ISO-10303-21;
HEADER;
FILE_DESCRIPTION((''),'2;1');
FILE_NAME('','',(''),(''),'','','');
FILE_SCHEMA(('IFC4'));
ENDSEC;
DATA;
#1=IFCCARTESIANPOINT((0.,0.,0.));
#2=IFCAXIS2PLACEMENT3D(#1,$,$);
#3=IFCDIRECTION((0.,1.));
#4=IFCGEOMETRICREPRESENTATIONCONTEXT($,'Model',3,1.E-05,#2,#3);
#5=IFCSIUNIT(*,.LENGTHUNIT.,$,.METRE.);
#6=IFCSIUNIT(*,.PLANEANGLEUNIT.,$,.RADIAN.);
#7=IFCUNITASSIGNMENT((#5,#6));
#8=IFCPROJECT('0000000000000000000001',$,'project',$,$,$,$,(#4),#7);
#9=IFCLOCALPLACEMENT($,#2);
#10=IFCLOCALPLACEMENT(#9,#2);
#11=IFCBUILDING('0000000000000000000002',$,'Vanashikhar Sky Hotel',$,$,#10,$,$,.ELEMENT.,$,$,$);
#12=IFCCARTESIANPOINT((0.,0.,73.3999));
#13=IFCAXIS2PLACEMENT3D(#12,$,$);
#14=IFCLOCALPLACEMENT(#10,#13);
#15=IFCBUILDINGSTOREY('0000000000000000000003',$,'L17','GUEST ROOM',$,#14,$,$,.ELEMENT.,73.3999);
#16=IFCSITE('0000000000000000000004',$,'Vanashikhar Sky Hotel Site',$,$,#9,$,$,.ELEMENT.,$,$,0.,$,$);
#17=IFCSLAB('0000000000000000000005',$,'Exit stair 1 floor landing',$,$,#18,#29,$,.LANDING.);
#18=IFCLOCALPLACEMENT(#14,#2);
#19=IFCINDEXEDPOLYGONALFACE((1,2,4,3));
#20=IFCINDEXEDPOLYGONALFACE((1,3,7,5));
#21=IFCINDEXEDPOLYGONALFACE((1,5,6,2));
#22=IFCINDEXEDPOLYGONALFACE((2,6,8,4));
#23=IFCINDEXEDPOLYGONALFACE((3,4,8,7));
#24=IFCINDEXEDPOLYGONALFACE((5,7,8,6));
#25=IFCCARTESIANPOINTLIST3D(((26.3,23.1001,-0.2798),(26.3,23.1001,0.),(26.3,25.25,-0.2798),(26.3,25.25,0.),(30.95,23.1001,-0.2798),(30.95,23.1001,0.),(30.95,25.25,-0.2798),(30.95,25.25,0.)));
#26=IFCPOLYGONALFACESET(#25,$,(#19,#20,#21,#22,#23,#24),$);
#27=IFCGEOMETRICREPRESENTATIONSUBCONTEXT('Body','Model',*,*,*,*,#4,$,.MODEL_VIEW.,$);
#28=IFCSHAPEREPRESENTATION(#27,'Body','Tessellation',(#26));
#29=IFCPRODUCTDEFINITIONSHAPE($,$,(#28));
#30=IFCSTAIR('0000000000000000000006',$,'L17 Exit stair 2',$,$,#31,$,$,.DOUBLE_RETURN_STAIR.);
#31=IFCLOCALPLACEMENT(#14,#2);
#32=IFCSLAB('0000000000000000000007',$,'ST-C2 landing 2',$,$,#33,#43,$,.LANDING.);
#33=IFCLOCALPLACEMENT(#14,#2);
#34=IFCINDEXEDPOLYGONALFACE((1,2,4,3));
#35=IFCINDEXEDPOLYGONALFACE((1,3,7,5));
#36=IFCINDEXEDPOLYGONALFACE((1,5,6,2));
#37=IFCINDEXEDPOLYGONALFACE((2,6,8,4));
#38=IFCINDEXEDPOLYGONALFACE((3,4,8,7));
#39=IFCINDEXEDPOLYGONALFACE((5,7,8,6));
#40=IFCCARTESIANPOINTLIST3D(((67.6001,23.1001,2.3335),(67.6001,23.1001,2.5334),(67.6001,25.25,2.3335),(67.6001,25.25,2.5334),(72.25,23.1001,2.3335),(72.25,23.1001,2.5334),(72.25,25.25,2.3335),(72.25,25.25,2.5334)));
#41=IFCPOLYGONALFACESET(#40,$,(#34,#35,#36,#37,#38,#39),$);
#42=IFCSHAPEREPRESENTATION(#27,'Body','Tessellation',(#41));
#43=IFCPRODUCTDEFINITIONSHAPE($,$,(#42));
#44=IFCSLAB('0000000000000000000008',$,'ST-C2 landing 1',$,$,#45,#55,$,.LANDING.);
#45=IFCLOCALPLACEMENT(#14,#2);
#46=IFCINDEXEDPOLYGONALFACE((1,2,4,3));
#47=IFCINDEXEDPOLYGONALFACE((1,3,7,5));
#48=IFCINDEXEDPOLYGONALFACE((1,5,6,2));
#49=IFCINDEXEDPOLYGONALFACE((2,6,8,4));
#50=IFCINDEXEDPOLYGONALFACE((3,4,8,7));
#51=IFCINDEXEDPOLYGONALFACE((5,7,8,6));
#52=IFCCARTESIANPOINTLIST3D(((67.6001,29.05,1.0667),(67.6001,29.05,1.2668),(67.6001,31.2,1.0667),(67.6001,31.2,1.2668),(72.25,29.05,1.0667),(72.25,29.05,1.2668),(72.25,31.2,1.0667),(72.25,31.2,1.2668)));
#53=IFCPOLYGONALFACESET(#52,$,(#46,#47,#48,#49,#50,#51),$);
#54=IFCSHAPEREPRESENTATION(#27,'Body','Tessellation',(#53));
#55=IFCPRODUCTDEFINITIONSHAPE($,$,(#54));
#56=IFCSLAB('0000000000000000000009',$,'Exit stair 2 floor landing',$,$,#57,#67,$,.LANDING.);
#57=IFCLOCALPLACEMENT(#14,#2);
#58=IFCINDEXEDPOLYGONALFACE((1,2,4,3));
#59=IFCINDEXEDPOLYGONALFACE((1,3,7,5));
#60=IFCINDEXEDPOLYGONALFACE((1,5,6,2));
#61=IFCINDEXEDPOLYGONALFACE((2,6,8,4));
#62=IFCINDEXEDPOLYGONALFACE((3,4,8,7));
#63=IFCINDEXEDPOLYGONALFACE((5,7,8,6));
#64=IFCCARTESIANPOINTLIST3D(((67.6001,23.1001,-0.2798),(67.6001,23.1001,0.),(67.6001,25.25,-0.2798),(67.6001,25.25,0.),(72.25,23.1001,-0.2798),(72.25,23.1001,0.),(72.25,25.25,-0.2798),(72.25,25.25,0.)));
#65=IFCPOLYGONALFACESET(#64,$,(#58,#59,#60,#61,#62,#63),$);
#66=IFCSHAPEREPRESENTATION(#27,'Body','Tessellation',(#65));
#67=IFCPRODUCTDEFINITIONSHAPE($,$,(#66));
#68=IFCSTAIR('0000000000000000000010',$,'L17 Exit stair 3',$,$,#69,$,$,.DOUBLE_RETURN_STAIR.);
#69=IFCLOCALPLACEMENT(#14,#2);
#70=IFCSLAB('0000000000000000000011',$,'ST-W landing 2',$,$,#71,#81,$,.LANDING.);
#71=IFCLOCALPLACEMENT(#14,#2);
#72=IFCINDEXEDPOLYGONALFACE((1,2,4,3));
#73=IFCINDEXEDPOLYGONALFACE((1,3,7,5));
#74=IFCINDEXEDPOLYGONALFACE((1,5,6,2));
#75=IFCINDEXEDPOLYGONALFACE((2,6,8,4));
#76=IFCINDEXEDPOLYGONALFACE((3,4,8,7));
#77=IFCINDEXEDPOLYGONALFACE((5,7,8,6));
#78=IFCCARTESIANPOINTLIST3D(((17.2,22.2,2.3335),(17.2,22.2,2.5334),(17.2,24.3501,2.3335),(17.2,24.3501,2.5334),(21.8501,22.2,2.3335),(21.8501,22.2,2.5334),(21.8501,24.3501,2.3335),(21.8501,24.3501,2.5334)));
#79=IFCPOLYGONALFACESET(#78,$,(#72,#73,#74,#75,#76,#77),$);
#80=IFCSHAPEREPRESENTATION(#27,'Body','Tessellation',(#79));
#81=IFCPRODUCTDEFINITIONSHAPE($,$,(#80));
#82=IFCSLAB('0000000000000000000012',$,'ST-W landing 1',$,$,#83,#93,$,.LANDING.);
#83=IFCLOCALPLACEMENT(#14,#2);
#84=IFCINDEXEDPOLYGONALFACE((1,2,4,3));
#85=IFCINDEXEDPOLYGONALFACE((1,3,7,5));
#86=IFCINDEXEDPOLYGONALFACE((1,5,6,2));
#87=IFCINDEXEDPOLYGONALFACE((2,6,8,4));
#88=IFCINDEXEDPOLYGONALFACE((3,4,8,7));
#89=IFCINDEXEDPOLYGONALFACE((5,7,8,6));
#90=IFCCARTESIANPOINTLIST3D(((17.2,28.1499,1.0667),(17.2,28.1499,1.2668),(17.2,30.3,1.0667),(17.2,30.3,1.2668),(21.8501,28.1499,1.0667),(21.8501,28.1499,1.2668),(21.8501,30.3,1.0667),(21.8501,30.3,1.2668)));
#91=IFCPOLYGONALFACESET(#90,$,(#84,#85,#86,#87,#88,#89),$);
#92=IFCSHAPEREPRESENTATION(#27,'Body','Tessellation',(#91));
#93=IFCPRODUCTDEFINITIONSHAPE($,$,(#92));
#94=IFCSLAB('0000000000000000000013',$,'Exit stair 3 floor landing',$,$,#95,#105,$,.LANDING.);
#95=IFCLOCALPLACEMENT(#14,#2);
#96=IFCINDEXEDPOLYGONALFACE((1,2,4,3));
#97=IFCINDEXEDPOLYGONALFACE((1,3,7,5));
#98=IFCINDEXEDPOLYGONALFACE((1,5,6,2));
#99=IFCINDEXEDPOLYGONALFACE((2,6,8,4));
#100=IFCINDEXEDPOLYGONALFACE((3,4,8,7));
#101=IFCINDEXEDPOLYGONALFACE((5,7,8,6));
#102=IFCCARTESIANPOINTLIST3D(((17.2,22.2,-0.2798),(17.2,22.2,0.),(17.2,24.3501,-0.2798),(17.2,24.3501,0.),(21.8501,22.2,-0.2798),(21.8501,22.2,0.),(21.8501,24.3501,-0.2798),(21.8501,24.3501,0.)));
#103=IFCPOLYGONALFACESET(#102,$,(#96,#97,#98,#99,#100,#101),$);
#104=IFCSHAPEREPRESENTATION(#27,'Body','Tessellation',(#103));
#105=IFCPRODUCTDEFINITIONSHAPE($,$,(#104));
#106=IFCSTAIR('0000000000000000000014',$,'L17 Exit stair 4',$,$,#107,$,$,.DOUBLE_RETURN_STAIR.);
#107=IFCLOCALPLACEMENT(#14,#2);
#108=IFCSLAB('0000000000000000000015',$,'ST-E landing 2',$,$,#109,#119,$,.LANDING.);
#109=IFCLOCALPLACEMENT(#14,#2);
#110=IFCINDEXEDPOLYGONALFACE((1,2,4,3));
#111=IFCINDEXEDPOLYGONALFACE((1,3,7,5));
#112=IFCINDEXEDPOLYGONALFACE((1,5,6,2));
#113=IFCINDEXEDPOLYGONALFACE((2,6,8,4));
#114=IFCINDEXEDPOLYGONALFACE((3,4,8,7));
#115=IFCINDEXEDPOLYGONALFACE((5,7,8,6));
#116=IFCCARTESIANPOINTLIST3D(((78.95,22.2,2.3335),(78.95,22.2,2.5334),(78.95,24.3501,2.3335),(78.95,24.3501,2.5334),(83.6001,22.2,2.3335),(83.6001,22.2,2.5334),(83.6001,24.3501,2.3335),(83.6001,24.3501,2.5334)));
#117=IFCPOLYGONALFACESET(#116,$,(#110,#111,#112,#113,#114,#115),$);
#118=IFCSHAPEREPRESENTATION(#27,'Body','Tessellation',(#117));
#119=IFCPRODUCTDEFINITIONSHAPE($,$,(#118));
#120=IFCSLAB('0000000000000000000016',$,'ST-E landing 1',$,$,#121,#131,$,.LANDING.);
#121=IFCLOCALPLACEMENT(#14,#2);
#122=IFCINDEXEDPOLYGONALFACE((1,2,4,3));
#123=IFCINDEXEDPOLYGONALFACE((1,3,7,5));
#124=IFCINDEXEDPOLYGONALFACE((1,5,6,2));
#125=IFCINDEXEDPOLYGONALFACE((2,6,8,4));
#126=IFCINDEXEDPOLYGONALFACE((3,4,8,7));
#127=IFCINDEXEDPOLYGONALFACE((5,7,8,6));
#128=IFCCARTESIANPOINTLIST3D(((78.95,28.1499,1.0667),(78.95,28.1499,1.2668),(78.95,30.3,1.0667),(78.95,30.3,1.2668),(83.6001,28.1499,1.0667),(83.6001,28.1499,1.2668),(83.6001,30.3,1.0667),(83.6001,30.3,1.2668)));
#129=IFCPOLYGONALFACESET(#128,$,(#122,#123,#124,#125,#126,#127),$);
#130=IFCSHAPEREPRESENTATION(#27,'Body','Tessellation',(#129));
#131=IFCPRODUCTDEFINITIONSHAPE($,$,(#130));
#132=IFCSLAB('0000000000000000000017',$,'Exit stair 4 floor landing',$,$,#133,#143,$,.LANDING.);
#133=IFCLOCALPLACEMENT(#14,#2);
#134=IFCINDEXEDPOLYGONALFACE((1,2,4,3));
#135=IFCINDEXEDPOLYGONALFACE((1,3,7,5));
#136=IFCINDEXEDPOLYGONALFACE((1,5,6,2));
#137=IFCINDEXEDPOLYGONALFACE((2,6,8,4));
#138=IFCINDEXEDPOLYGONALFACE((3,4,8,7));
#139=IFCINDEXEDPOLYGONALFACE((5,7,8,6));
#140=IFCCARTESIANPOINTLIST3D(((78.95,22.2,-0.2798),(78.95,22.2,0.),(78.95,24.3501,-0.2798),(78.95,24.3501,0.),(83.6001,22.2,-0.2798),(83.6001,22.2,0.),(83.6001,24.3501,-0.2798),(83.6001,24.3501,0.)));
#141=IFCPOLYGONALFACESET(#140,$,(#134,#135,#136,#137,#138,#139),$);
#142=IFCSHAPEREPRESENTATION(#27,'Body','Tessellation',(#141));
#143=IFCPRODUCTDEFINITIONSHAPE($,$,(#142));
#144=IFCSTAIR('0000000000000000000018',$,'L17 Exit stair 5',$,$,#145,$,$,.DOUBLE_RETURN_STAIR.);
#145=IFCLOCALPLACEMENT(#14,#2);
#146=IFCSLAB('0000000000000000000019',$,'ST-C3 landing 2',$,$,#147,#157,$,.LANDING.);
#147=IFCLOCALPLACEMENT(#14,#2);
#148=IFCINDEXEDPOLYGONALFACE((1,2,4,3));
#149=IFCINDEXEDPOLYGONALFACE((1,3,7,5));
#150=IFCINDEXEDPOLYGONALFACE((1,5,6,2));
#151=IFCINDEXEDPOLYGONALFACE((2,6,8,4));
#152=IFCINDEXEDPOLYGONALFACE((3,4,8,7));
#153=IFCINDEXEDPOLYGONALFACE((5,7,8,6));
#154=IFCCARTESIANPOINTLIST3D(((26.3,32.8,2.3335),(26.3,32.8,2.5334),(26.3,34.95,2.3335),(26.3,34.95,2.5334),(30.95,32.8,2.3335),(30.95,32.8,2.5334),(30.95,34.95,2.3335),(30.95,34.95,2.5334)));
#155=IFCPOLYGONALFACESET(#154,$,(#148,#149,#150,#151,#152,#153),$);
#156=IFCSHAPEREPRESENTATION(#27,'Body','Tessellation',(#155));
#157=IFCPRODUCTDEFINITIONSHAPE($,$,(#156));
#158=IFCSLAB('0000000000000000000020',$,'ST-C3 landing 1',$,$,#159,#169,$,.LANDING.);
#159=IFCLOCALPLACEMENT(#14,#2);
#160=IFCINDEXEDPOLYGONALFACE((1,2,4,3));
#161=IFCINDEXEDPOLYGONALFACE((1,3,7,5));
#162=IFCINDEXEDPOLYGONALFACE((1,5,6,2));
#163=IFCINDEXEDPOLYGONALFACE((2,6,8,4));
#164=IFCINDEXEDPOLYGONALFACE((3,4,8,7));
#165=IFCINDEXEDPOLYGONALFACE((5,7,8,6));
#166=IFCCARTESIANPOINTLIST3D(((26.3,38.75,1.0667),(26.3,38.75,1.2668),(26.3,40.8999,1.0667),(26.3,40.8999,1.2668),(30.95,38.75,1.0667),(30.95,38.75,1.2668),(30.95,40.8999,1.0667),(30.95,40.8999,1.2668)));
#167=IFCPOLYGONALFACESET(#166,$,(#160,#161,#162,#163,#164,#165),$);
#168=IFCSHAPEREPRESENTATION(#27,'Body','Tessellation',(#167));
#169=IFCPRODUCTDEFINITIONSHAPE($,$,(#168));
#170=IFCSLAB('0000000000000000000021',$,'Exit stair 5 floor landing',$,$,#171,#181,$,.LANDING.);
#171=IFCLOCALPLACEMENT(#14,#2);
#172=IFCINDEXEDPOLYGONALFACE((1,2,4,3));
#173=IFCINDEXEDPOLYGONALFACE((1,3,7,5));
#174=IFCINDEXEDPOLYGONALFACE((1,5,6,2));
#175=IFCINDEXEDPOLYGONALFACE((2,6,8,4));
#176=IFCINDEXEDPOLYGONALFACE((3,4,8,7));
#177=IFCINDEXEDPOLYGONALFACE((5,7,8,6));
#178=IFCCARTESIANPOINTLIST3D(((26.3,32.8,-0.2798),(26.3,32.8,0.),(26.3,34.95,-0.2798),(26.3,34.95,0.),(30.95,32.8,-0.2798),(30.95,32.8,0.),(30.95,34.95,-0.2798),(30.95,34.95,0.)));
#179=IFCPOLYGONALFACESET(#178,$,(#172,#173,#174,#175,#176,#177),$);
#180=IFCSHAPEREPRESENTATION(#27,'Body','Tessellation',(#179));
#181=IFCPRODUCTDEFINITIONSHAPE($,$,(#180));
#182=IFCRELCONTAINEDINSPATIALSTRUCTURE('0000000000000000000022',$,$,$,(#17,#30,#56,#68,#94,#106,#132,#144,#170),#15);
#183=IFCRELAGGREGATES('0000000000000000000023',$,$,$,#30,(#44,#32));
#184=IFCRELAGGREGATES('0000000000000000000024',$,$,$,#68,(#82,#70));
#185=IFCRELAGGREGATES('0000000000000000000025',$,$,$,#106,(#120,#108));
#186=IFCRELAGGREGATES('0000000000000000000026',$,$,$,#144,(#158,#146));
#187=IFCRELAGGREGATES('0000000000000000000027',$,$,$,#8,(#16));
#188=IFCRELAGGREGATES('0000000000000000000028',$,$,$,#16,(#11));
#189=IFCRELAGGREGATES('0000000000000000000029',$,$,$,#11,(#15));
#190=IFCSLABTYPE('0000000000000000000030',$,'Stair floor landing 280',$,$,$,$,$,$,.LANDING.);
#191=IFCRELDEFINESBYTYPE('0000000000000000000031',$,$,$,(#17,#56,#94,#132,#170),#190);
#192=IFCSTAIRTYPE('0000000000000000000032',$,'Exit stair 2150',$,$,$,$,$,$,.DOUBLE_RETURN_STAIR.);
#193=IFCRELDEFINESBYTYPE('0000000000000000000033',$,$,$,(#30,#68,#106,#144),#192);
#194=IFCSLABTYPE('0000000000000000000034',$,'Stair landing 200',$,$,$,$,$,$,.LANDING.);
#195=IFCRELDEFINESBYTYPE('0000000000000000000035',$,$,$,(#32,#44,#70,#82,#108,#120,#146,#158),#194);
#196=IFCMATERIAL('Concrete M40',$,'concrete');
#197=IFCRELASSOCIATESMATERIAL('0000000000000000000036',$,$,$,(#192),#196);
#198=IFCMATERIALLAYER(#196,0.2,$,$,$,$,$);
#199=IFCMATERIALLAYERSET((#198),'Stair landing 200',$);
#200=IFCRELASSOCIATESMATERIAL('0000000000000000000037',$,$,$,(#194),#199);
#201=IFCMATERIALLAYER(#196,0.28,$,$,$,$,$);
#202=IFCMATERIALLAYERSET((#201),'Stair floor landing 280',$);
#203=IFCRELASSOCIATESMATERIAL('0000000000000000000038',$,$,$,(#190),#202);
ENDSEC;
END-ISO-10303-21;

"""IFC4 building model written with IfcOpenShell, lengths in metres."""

from ifc_helpers import new_model, si_unit, direction, frame, origin, place, context, subcontext, project, spatial, polyline, outline, extrude, source, transform, mapped, material, layer, layer_set, type_object, element, aggregate, save


model = new_model("IFC4")

# Units and contexts
model_context = context("Model", 3, precision=1e-05, world=origin(), true_north=direction((0.0, 1.0)))
body_context = subcontext(model_context, "Body", "Model", "MODEL_VIEW")
ifc_project = project(units=[si_unit("LENGTHUNIT", "METRE"), si_unit("PLANEANGLEUNIT", "RADIAN")], contexts=[model_context])

# Site, building, storey
site_placement = place(None, origin())
site = spatial("IfcSite", under=ifc_project, at=site_placement, Name="Vanashikhar Sky Hotel Site", CompositionType="ELEMENT", RefElevation=0.0)
building_placement = place(site_placement, origin())
building = spatial("IfcBuilding", under=site, at=building_placement, Name="Vanashikhar Sky Hotel", CompositionType="ELEMENT")
storey_placement = place(building_placement, frame((0.0, 0.0, 73.3999)))
storey = spatial("IfcBuildingStorey", under=building, at=storey_placement, Name="L17", Description="GUEST ROOM", CompositionType="ELEMENT", Elevation=73.3999)

# Shared definitions
ifc_material_1 = material(Name="Concrete M40", Category="concrete")

# Shared definitions
stair_type = type_object("IfcStairType", Name="Exit stair 2150", PredefinedType="DOUBLE_RETURN_STAIR", material=ifc_material_1)
ifc_layer_1 = layer(ifc_material_1, 0.2)
ifc_layer_set_1 = layer_set([ifc_layer_1], Name="Stair landing 200")
slab_type_1 = type_object("IfcSlabType", Name="Stair landing 200", PredefinedType="LANDING", material=ifc_layer_set_1)

# Slab
ifc_layer_2 = layer(ifc_material_1, 0.28)
ifc_layer_set_2 = layer_set([ifc_layer_2], Name="Stair floor landing 280")
slab_type_2 = type_object("IfcSlabType", Name="Stair floor landing 280", PredefinedType="LANDING", material=ifc_layer_set_2)
shared_shape_1 = source(origin(), body_context, "Body", "SweptSolid", [
    extrude(outline(polyline([(30.95, 23.1001), (30.95, 25.25), (26.3, 25.25), (26.3, 23.1001), (30.95, 23.1001)])), origin(), (0.0, 0.0, 1.0), 0.2798),
])
slab_1_placement = place(storey_placement, frame((0.0, 0.0, -0.2798)))
element("IfcSlab", 1, at=slab_1_placement, inside=storey, type_object=slab_type_2, Name="Exit stair 1 floor landing", PredefinedType="LANDING", context=body_context, shape_type="MappedRepresentation", body=[
    mapped(shared_shape_1, transform((0.0, 0.0, 0.0), scale=1.0)),
])

# Stair, slabs
stair_1_placement = place(storey_placement, origin())
stair_1 = element("IfcStair", 2, at=stair_1_placement, inside=storey, type_object=stair_type, Name="L17 Exit stair 2", PredefinedType="DOUBLE_RETURN_STAIR")
shared_shape_2 = source(origin(), body_context, "Body", "SweptSolid", [
    extrude(outline(polyline([(72.25, 23.1001), (72.25, 25.25), (67.6001, 25.25), (67.6001, 23.1001), (72.25, 23.1001)])), origin(), (0.0, 0.0, 1.0), 0.2),
])
slab_2_placement = place(storey_placement, frame((0.0, 0.0, 2.3335)))
slab_2 = element("IfcSlab", 3, at=slab_2_placement, type_object=slab_type_1, Name="ST-C2 landing 2", PredefinedType="LANDING", context=body_context, shape_type="MappedRepresentation", body=[
    mapped(shared_shape_2, transform((0.0, 0.0, 0.0), scale=1.0)),
])
shared_shape_3 = source(origin(), body_context, "Body", "SweptSolid", [
    extrude(outline(polyline([(72.25, 29.05), (72.25, 31.2), (67.6001, 31.2), (67.6001, 29.05), (72.25, 29.05)])), origin(), (0.0, 0.0, 1.0), 0.2002),
])
slab_3_placement = place(storey_placement, frame((0.0, 0.0, 1.0667)))
slab_3 = element("IfcSlab", 4, at=slab_3_placement, type_object=slab_type_1, Name="ST-C2 landing 1", PredefinedType="LANDING", context=body_context, shape_type="MappedRepresentation", body=[
    mapped(shared_shape_3, transform((0.0, 0.0, 0.0), scale=1.0)),
])
aggregate(stair_1, [slab_3, slab_2])

# Slab
shared_shape_4 = source(origin(), body_context, "Body", "SweptSolid", [
    extrude(outline(polyline([(72.25, 23.1001), (72.25, 25.25), (67.6001, 25.25), (67.6001, 23.1001), (72.25, 23.1001)])), origin(), (0.0, 0.0, 1.0), 0.2798),
])
slab_4_placement = place(storey_placement, frame((0.0, 0.0, -0.2798)))
element("IfcSlab", 5, at=slab_4_placement, inside=storey, type_object=slab_type_2, Name="Exit stair 2 floor landing", PredefinedType="LANDING", context=body_context, shape_type="MappedRepresentation", body=[
    mapped(shared_shape_4, transform((0.0, 0.0, 0.0), scale=1.0)),
])

# Stair, slabs
stair_2_placement = place(storey_placement, origin())
stair_2 = element("IfcStair", 6, at=stair_2_placement, inside=storey, type_object=stair_type, Name="L17 Exit stair 3", PredefinedType="DOUBLE_RETURN_STAIR")
shared_shape_5 = source(origin(), body_context, "Body", "SweptSolid", [
    extrude(outline(polyline([(21.8501, 22.2), (21.8501, 24.3501), (17.2, 24.3501), (17.2, 22.2), (21.8501, 22.2)])), origin(), (0.0, 0.0, 1.0), 0.2),
])
slab_5_placement = place(storey_placement, frame((0.0, 0.0, 2.3335)))
slab_5 = element("IfcSlab", 7, at=slab_5_placement, type_object=slab_type_1, Name="ST-W landing 2", PredefinedType="LANDING", context=body_context, shape_type="MappedRepresentation", body=[
    mapped(shared_shape_5, transform((0.0, 0.0, 0.0), scale=1.0)),
])
shared_shape_6 = source(origin(), body_context, "Body", "SweptSolid", [
    extrude(outline(polyline([(21.8501, 28.1499), (21.8501, 30.3), (17.2, 30.3), (17.2, 28.1499), (21.8501, 28.1499)])), origin(), (0.0, 0.0, 1.0), 0.2002),
])
slab_6_placement = place(storey_placement, frame((0.0, 0.0, 1.0667)))
slab_6 = element("IfcSlab", 8, at=slab_6_placement, type_object=slab_type_1, Name="ST-W landing 1", PredefinedType="LANDING", context=body_context, shape_type="MappedRepresentation", body=[
    mapped(shared_shape_6, transform((0.0, 0.0, 0.0), scale=1.0)),
])
aggregate(stair_2, [slab_6, slab_5])

# Slab
shared_shape_7 = source(origin(), body_context, "Body", "SweptSolid", [
    extrude(outline(polyline([(21.8501, 22.2), (21.8501, 24.3501), (17.2, 24.3501), (17.2, 22.2), (21.8501, 22.2)])), origin(), (0.0, 0.0, 1.0), 0.2798),
])
slab_7_placement = place(storey_placement, frame((0.0, 0.0, -0.2798)))
element("IfcSlab", 9, at=slab_7_placement, inside=storey, type_object=slab_type_2, Name="Exit stair 3 floor landing", PredefinedType="LANDING", context=body_context, shape_type="MappedRepresentation", body=[
    mapped(shared_shape_7, transform((0.0, 0.0, 0.0), scale=1.0)),
])

# Stair, slabs
stair_3_placement = place(storey_placement, origin())
stair_3 = element("IfcStair", 10, at=stair_3_placement, inside=storey, type_object=stair_type, Name="L17 Exit stair 4", PredefinedType="DOUBLE_RETURN_STAIR")
shared_shape_8 = source(origin(), body_context, "Body", "SweptSolid", [
    extrude(outline(polyline([(83.6001, 22.2), (83.6001, 24.3501), (78.95, 24.3501), (78.95, 22.2), (83.6001, 22.2)])), origin(), (0.0, 0.0, 1.0), 0.2),
])
slab_8_placement = place(storey_placement, frame((0.0, 0.0, 2.3335)))
slab_8 = element("IfcSlab", 11, at=slab_8_placement, type_object=slab_type_1, Name="ST-E landing 2", PredefinedType="LANDING", context=body_context, shape_type="MappedRepresentation", body=[
    mapped(shared_shape_8, transform((0.0, 0.0, 0.0), scale=1.0)),
])
shared_shape_9 = source(origin(), body_context, "Body", "SweptSolid", [
    extrude(outline(polyline([(83.6001, 28.1499), (83.6001, 30.3), (78.95, 30.3), (78.95, 28.1499), (83.6001, 28.1499)])), origin(), (0.0, 0.0, 1.0), 0.2002),
])
slab_9_placement = place(storey_placement, frame((0.0, 0.0, 1.0667)))
slab_9 = element("IfcSlab", 12, at=slab_9_placement, type_object=slab_type_1, Name="ST-E landing 1", PredefinedType="LANDING", context=body_context, shape_type="MappedRepresentation", body=[
    mapped(shared_shape_9, transform((0.0, 0.0, 0.0), scale=1.0)),
])
aggregate(stair_3, [slab_9, slab_8])

# Slab
shared_shape_10 = source(origin(), body_context, "Body", "SweptSolid", [
    extrude(outline(polyline([(83.6001, 22.2), (83.6001, 24.3501), (78.95, 24.3501), (78.95, 22.2), (83.6001, 22.2)])), origin(), (0.0, 0.0, 1.0), 0.2798),
])
slab_10_placement = place(storey_placement, frame((0.0, 0.0, -0.2798)))
element("IfcSlab", 13, at=slab_10_placement, inside=storey, type_object=slab_type_2, Name="Exit stair 4 floor landing", PredefinedType="LANDING", context=body_context, shape_type="MappedRepresentation", body=[
    mapped(shared_shape_10, transform((0.0, 0.0, 0.0), scale=1.0)),
])

# Stair, slabs
stair_4_placement = place(storey_placement, origin())
stair_4 = element("IfcStair", 14, at=stair_4_placement, inside=storey, type_object=stair_type, Name="L17 Exit stair 5", PredefinedType="DOUBLE_RETURN_STAIR")
shared_shape_11 = source(origin(), body_context, "Body", "SweptSolid", [
    extrude(outline(polyline([(30.95, 32.8), (30.95, 34.95), (26.3, 34.95), (26.3, 32.8), (30.95, 32.8)])), origin(), (0.0, 0.0, 1.0), 0.2),
])
slab_11_placement = place(storey_placement, frame((0.0, 0.0, 2.3335)))
slab_11 = element("IfcSlab", 15, at=slab_11_placement, type_object=slab_type_1, Name="ST-C3 landing 2", PredefinedType="LANDING", context=body_context, shape_type="MappedRepresentation", body=[
    mapped(shared_shape_11, transform((0.0, 0.0, 0.0), scale=1.0)),
])
shared_shape_12 = source(origin(), body_context, "Body", "SweptSolid", [
    extrude(outline(polyline([(30.95, 38.75), (30.95, 40.8999), (26.3, 40.8999), (26.3, 38.75), (30.95, 38.75)])), origin(), (0.0, 0.0, 1.0), 0.2002),
])
slab_12_placement = place(storey_placement, frame((0.0, 0.0, 1.0667)))
slab_12 = element("IfcSlab", 16, at=slab_12_placement, type_object=slab_type_1, Name="ST-C3 landing 1", PredefinedType="LANDING", context=body_context, shape_type="MappedRepresentation", body=[
    mapped(shared_shape_12, transform((0.0, 0.0, 0.0), scale=1.0)),
])
aggregate(stair_4, [slab_12, slab_11])

# Slab
shared_shape_13 = source(origin(), body_context, "Body", "SweptSolid", [
    extrude(outline(polyline([(30.95, 32.8), (30.95, 34.95), (26.3, 34.95), (26.3, 32.8), (30.95, 32.8)])), origin(), (0.0, 0.0, 1.0), 0.2798),
])
slab_13_placement = place(storey_placement, frame((0.0, 0.0, -0.2798)))
element("IfcSlab", 17, at=slab_13_placement, inside=storey, type_object=slab_type_2, Name="Exit stair 5 floor landing", PredefinedType="LANDING", context=body_context, shape_type="MappedRepresentation", body=[
    mapped(shared_shape_13, transform((0.0, 0.0, 0.0), scale=1.0)),
])

save(model, "model.ifc")
